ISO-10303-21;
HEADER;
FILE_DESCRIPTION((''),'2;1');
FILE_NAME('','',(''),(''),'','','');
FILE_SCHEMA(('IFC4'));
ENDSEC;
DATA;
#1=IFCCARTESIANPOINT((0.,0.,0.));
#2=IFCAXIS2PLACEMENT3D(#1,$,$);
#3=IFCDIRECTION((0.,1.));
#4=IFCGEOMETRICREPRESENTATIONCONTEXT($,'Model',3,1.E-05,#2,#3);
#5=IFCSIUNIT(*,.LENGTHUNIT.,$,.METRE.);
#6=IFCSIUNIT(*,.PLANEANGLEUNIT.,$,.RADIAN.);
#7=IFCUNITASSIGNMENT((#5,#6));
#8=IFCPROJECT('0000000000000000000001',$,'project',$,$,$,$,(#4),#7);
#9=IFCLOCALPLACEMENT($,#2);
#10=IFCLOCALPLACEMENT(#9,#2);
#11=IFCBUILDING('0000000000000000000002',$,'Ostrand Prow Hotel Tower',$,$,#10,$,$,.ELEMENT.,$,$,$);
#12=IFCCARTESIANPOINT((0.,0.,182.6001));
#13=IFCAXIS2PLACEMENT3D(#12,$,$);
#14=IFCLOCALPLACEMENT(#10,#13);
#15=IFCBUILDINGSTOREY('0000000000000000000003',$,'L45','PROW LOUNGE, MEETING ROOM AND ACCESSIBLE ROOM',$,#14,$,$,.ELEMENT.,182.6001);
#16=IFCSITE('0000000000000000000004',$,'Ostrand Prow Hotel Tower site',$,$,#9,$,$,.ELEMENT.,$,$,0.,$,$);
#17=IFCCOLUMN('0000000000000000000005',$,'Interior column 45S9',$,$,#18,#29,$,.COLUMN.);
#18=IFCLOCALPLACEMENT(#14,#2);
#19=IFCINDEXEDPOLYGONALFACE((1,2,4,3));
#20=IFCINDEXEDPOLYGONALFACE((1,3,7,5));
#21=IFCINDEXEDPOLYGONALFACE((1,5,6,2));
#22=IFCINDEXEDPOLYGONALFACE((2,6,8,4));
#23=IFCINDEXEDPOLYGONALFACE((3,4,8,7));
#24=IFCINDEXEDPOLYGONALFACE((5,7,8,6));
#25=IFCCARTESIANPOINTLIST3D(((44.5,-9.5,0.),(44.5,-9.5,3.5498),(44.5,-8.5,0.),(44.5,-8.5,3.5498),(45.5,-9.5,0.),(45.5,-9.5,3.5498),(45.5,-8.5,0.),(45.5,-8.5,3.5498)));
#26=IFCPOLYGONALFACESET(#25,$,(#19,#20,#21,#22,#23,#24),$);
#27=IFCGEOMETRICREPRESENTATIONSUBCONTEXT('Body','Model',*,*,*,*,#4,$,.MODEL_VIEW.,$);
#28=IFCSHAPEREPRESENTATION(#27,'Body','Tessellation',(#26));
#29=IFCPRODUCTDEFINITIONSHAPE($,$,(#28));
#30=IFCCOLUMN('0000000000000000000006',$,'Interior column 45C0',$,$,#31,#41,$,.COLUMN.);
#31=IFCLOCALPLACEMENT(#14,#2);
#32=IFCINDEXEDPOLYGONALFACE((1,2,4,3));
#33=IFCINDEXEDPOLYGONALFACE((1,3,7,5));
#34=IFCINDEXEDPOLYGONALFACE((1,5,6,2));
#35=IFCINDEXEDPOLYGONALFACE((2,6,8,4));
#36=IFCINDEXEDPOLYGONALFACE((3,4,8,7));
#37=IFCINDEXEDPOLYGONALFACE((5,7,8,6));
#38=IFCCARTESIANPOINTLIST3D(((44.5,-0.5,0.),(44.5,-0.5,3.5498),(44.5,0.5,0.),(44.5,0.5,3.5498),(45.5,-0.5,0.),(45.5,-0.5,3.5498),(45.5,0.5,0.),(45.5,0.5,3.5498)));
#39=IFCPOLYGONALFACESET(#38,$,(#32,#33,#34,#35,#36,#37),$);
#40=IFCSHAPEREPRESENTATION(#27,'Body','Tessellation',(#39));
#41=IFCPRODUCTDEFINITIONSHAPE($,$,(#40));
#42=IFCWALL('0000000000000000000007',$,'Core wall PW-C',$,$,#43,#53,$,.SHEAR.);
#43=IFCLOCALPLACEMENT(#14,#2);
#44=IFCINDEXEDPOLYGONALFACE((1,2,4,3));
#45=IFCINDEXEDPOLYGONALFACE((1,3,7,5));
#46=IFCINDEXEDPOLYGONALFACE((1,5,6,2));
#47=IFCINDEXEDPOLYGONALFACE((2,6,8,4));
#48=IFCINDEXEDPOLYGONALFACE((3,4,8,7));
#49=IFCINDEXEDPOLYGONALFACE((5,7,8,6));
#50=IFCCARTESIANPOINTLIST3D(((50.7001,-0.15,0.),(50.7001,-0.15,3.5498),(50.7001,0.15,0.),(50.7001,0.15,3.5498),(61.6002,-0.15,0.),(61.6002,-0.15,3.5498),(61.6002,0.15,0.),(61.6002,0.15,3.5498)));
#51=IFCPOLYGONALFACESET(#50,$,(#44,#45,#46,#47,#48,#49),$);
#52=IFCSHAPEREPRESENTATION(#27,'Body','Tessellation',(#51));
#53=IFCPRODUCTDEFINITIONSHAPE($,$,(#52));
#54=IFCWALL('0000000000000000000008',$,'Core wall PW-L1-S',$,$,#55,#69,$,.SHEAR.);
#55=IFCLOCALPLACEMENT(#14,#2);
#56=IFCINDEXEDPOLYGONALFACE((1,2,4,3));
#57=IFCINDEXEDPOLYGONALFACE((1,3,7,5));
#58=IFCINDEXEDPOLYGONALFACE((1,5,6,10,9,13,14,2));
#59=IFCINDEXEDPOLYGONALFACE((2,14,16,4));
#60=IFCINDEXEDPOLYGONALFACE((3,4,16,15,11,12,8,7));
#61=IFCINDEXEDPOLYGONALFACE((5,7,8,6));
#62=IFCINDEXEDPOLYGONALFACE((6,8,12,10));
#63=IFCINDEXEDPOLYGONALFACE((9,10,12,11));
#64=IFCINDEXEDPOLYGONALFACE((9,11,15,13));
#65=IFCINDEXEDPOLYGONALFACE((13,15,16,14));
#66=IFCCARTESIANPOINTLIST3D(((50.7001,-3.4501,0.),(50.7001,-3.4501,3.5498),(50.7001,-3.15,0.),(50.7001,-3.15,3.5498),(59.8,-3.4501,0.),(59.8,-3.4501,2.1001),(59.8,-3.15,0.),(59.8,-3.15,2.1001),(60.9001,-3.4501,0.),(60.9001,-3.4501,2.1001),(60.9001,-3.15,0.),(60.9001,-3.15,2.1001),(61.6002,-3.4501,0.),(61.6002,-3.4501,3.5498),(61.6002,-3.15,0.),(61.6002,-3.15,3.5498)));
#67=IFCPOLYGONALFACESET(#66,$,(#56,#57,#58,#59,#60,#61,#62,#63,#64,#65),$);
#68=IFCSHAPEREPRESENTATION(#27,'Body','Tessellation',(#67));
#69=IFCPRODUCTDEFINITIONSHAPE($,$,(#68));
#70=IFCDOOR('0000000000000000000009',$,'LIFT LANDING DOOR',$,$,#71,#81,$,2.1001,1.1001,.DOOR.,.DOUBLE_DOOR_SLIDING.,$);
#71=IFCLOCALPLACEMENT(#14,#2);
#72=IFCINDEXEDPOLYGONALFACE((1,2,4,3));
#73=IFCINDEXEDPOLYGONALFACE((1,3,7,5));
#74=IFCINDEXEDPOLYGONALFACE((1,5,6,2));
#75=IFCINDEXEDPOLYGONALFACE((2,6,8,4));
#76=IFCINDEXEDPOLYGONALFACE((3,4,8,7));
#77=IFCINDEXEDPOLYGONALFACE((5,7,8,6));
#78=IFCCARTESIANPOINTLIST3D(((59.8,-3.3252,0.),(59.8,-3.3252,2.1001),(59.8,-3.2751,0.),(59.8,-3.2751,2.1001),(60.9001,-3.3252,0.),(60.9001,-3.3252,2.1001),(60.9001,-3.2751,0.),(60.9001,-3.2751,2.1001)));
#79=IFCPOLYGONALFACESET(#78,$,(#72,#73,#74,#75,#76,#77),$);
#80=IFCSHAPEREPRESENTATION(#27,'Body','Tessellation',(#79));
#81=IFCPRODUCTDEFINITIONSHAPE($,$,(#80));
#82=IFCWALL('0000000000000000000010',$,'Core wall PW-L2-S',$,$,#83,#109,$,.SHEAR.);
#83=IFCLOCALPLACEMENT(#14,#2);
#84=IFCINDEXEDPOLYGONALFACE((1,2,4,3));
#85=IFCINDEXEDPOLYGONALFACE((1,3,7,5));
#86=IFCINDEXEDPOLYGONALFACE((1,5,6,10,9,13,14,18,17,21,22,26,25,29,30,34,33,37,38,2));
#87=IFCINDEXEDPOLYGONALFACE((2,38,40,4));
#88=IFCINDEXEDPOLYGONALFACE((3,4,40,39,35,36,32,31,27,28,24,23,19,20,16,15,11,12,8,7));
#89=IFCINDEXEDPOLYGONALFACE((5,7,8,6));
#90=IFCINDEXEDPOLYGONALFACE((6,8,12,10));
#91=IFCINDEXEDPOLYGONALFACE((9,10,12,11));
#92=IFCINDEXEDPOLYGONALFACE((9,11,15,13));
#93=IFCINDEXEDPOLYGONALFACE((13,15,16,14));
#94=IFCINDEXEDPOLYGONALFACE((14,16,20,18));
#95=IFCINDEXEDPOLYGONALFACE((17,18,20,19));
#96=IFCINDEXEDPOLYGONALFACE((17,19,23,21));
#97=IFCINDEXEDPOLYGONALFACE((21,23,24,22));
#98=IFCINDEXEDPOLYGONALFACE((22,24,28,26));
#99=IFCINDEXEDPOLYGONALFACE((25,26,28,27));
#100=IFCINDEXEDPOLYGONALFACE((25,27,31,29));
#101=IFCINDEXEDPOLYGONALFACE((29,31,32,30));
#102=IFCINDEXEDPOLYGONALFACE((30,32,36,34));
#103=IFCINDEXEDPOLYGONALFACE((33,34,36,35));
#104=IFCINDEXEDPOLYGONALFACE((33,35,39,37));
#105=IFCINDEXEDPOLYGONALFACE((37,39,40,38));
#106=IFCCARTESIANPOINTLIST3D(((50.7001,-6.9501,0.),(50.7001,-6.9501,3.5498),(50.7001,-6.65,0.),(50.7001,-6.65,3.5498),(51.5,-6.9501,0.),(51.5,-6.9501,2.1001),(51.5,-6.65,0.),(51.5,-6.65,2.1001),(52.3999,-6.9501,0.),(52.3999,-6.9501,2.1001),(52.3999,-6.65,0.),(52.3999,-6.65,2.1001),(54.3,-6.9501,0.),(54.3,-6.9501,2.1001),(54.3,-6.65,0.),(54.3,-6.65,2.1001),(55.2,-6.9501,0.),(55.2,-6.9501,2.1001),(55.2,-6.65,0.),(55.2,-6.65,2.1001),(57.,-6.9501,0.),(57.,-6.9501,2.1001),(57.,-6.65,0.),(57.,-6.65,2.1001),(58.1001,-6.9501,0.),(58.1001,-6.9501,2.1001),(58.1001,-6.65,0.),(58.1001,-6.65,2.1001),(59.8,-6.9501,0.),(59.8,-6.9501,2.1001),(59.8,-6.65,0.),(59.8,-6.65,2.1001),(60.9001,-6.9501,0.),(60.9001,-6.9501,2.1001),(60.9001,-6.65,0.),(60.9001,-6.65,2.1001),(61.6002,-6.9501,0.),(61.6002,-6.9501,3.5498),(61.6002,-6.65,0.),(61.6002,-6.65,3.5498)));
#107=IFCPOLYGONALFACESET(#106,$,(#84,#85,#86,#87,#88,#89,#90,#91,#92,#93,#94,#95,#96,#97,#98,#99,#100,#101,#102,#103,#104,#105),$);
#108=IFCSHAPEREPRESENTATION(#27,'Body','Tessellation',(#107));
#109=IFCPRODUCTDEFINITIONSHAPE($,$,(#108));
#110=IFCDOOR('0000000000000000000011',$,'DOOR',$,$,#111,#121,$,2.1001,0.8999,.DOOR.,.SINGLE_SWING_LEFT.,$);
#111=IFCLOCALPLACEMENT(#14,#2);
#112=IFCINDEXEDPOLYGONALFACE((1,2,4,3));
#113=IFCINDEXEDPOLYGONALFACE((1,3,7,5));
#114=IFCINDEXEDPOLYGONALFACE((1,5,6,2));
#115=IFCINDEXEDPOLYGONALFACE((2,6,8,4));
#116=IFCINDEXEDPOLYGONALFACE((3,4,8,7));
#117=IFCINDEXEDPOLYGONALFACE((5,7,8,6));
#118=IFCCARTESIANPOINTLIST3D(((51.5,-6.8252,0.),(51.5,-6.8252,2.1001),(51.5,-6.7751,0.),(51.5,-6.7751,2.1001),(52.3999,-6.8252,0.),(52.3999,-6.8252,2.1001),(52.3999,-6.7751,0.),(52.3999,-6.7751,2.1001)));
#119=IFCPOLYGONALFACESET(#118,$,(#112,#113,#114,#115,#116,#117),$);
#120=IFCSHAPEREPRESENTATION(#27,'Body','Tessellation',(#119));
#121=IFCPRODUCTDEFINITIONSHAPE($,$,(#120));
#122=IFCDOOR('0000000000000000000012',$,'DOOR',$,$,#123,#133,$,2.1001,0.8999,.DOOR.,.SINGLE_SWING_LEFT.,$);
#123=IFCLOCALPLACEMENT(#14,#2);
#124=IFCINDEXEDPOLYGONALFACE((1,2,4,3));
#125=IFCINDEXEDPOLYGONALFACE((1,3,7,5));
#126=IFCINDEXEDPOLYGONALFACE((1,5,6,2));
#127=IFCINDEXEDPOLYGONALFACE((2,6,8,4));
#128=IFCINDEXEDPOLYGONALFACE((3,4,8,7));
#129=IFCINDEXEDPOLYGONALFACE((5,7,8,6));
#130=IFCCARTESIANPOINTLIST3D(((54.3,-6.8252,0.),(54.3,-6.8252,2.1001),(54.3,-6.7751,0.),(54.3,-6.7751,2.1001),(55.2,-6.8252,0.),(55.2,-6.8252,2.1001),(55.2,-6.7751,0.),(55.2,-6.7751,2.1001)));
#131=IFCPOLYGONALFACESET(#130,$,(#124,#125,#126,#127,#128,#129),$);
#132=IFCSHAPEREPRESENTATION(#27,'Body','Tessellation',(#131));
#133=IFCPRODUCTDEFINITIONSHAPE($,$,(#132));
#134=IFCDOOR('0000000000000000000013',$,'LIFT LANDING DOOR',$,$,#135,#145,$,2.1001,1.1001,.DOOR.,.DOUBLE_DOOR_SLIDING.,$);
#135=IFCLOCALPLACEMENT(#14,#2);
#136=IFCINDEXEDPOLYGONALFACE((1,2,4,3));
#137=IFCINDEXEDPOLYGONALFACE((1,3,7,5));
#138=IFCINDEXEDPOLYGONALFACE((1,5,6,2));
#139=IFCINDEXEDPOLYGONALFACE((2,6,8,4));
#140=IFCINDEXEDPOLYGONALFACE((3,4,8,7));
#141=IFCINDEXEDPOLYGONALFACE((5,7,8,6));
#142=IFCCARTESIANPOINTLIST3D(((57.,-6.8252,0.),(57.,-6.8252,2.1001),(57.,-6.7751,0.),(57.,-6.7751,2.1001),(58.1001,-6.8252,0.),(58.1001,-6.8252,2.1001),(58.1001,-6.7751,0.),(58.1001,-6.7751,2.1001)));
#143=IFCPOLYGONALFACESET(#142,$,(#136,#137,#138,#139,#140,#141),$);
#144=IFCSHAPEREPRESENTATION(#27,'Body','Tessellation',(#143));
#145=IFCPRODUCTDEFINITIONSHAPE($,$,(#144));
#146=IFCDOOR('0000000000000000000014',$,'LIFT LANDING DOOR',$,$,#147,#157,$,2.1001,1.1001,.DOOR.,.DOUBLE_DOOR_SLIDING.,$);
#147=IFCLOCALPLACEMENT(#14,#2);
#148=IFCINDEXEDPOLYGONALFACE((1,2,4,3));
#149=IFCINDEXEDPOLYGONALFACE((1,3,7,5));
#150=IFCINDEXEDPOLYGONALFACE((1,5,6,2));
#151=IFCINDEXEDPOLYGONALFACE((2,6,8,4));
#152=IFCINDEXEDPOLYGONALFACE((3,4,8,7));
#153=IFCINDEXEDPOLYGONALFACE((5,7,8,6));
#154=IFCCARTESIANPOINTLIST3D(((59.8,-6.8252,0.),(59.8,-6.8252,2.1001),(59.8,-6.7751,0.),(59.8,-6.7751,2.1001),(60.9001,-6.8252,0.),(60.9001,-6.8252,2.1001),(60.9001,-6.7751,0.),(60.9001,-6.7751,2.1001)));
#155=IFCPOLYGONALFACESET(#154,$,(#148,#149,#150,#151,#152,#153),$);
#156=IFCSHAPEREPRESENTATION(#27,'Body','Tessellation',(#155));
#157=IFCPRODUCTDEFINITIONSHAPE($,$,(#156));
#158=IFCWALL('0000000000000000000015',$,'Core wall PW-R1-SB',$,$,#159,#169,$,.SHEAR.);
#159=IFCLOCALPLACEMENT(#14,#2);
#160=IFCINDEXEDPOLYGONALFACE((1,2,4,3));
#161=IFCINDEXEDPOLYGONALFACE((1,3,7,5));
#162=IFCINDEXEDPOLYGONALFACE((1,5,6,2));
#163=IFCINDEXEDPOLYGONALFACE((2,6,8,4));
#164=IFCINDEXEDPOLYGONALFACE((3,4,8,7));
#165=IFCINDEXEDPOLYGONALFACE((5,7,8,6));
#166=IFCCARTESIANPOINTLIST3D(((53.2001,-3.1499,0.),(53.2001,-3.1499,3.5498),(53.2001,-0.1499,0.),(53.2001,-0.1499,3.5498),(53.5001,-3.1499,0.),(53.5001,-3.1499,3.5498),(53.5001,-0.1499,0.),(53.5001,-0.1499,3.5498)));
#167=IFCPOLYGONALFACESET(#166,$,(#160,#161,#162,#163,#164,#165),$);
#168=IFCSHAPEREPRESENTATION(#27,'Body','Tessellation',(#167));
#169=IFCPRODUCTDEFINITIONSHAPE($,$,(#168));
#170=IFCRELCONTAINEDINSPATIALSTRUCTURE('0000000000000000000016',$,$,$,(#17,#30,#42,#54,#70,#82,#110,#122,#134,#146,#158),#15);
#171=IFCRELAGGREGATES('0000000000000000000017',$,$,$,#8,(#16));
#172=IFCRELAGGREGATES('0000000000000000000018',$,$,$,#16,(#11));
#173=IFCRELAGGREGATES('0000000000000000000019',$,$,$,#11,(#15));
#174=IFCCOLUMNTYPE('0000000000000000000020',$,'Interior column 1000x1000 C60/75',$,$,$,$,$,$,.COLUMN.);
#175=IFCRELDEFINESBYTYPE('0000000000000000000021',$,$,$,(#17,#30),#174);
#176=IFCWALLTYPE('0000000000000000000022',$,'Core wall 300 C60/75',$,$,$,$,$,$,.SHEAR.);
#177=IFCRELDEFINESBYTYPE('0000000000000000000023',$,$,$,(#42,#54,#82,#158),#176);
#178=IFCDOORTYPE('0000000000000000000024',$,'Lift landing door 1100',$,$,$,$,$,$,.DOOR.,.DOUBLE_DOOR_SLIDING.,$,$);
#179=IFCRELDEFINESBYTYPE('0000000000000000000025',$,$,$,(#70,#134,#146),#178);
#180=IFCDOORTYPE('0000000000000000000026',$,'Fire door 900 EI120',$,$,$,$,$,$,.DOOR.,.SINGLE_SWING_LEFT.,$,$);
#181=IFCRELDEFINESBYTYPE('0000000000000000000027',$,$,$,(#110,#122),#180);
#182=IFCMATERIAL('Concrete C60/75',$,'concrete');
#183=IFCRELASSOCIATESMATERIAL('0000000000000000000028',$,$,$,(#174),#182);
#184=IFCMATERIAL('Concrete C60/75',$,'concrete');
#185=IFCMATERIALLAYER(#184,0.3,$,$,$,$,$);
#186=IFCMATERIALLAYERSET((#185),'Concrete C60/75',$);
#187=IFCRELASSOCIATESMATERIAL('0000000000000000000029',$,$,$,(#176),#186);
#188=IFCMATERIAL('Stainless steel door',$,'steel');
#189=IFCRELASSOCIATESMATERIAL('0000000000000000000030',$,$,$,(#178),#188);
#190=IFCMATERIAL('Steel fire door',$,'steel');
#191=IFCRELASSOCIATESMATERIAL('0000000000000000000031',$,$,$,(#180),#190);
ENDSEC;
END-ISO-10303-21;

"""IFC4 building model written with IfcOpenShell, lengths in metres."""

from ifc_helpers import new_model, si_unit, direction, frame, frame_2d, origin, origin_2d, place, context, subcontext, project, spatial, rectangle, extrude, material, layer, layer_set, material_profile, profile_set, type_object, element, fill, save


model = new_model("IFC4")

# Units and contexts
model_context = context("Model", 3, precision=1e-05, world=origin(), true_north=direction((0.0, 1.0)))
body_context = subcontext(model_context, "Body", "Model", "MODEL_VIEW")
ifc_project = project(units=[si_unit("LENGTHUNIT", "METRE"), si_unit("PLANEANGLEUNIT", "RADIAN")], contexts=[model_context])

# Site, building, storey
site_placement = place(None, origin())
site = spatial("IfcSite", under=ifc_project, at=site_placement, Name="Ostrand Prow Hotel Tower site", CompositionType="ELEMENT", RefElevation=0.0)
building_placement = place(site_placement, origin())
building = spatial("IfcBuilding", under=site, at=building_placement, Name="Ostrand Prow Hotel Tower", CompositionType="ELEMENT")
storey_placement = place(building_placement, frame((0.0, 0.0, 182.6001)))
storey = spatial("IfcBuildingStorey", under=building, at=storey_placement, Name="L45", Description="PROW LOUNGE, MEETING ROOM AND ACCESSIBLE ROOM", CompositionType="ELEMENT", Elevation=182.6001)

# Columns
ifc_material_1 = material(Name="Concrete C60/75", Category="concrete")
ifc_material_profile = material_profile(ifc_material_1, rectangle(XDim=1.0, YDim=1.0, at=origin_2d()), Name="RC 1000x1000")
ifc_profile_set = profile_set([ifc_material_profile], Name="Concrete C60/75")
column_type = type_object("IfcColumnType", Name="Interior column 1000x1000 C60/75", PredefinedType="COLUMN", material=ifc_profile_set)
for number, where, z_axis, x_axis, name in (
    (1, (45.0, -9.0, 0.0), (0.0, 0.0, 1.0), (1.0, 0.0, 0.0), "Interior column 45S9"),
    (2, (45.0, 0.0, 0.0), (0.0, 0.0, 1.0), (1.0, 0.0, 0.0), "Interior column 45C0"),
):
    element("IfcColumn", number, at=place(storey_placement, frame(where, z_axis=z_axis, x_axis=x_axis)), inside=storey, type_object=column_type, Name=name, PredefinedType="COLUMN", context=body_context, shape_type="SweptSolid", body=[
        extrude(rectangle(XDim=1.0, YDim=1.0, at=origin_2d()), origin(), (0.0, 0.0, 1.0), 3.5498),
    ])

# Wall
ifc_material_2 = material(Name="Concrete C60/75", Category="concrete")
ifc_layer_1 = layer(ifc_material_2, 0.3)
ifc_layer_set_1 = layer_set([ifc_layer_1], Name="Concrete C60/75")
wall_type_1 = type_object("IfcWallType", Name="Core wall 300 C60/75", PredefinedType="SHEAR", material=ifc_layer_set_1)
wall_1_placement = place(storey_placement, frame((50.7, 0.0, 0.0), z_axis=(0.0, 0.0, 1.0), x_axis=(1.0, 0.0, 0.0)))
element("IfcWall", 3, at=wall_1_placement, inside=storey, type_object=wall_type_1, Name="Core wall PW-C", PredefinedType="SHEAR", context=body_context, shape_type="SweptSolid", body=[
    extrude(rectangle(XDim=10.9001, YDim=0.3, at=frame_2d((5.4502, 0.0))), origin(), (0.0, 0.0, 1.0), 3.5498),
])

# Wall, opening, door
wall_2_placement = place(storey_placement, frame((50.7, -3.3, 0.0), z_axis=(0.0, 0.0, 1.0), x_axis=(1.0, 0.0, 0.0)))
wall_2 = element("IfcWall", 4, at=wall_2_placement, inside=storey, type_object=wall_type_1, Name="Core wall PW-L1-S", PredefinedType="SHEAR", context=body_context, shape_type="SweptSolid", body=[
    extrude(rectangle(XDim=10.9001, YDim=0.3, at=frame_2d((5.4502, 0.0))), origin(), (0.0, 0.0, 1.0), 3.5498),
])
opening_1_placement = place(wall_2_placement, frame((9.1001, 0.0, 0.0)))
opening_1 = element("IfcOpeningElement", 5, at=opening_1_placement, cuts=wall_2, PredefinedType="OPENING", context=body_context, shape_type="SweptSolid", body=[
    extrude(rectangle(XDim=1.1001, YDim=2.1001, at=frame_2d((0.55, 1.05))), frame((0.0, 0.1599, 0.0), z_axis=(0.0, -1.0, 0.0), x_axis=(1.0, 0.0, 0.0)), (0.0, 0.0, 1.0), 0.3201),
])
ifc_material_3 = material(Name="Stainless steel door", Category="steel")
door_type_1 = type_object("IfcDoorType", Name="Lift landing door 1100", OperationType="DOUBLE_DOOR_SLIDING", PredefinedType="DOOR", material=ifc_material_3)
door_1_placement = place(opening_1_placement, origin())
door_1 = element("IfcDoor", 6, at=door_1_placement, inside=storey, type_object=door_type_1, Name="LIFT LANDING DOOR", OperationType="DOUBLE_DOOR_SLIDING", OverallHeight=2.1001, OverallWidth=1.1001, PredefinedType="DOOR", context=body_context, shape_type="SweptSolid", body=[
    extrude(rectangle(XDim=1.1001, YDim=2.1001, at=frame_2d((0.55, 1.05))), frame((0.0, 0.0249, 0.0), z_axis=(0.0, -1.0, 0.0), x_axis=(1.0, 0.0, 0.0)), (0.0, 0.0, 1.0), 0.05),
])
fill(opening_1, door_1)

# Wall, openings, doors
wall_3_placement = place(storey_placement, frame((50.7, -6.8, 0.0), z_axis=(0.0, 0.0, 1.0), x_axis=(1.0, 0.0, 0.0)))
wall_3 = element("IfcWall", 7, at=wall_3_placement, inside=storey, type_object=wall_type_1, Name="Core wall PW-L2-S", PredefinedType="SHEAR", context=body_context, shape_type="SweptSolid", body=[
    extrude(rectangle(XDim=10.9001, YDim=0.3, at=frame_2d((5.4502, 0.0))), origin(), (0.0, 0.0, 1.0), 3.5498),
])
opening_2_placement = place(wall_3_placement, frame((6.3, 0.0, 0.0)))
opening_2 = element("IfcOpeningElement", 8, at=opening_2_placement, cuts=wall_3, PredefinedType="OPENING", context=body_context, shape_type="SweptSolid", body=[
    extrude(rectangle(XDim=1.1001, YDim=2.1001, at=frame_2d((0.55, 1.05))), frame((0.0, 0.1599, 0.0), z_axis=(0.0, -1.0, 0.0), x_axis=(1.0, 0.0, 0.0)), (0.0, 0.0, 1.0), 0.3201),
])
opening_3_placement = place(wall_3_placement, frame((9.1001, 0.0, 0.0)))
opening_3 = element("IfcOpeningElement", 9, at=opening_3_placement, cuts=wall_3, PredefinedType="OPENING", context=body_context, shape_type="SweptSolid", body=[
    extrude(rectangle(XDim=1.1001, YDim=2.1001, at=frame_2d((0.55, 1.05))), frame((0.0, 0.1599, 0.0), z_axis=(0.0, -1.0, 0.0), x_axis=(1.0, 0.0, 0.0)), (0.0, 0.0, 1.0), 0.3201),
])
opening_4_placement = place(wall_3_placement, frame((0.8, 0.0, 0.0)))
opening_4 = element("IfcOpeningElement", 10, at=opening_4_placement, cuts=wall_3, PredefinedType="OPENING", context=body_context, shape_type="SweptSolid", body=[
    extrude(rectangle(XDim=0.8999, YDim=2.1001, at=frame_2d((0.45, 1.05))), frame((0.0, 0.1599, 0.0), z_axis=(0.0, -1.0, 0.0), x_axis=(1.0, 0.0, 0.0)), (0.0, 0.0, 1.0), 0.3201),
])
opening_5_placement = place(wall_3_placement, frame((3.6001, 0.0, 0.0)))
opening_5 = element("IfcOpeningElement", 11, at=opening_5_placement, cuts=wall_3, PredefinedType="OPENING", context=body_context, shape_type="SweptSolid", body=[
    extrude(rectangle(XDim=0.8999, YDim=2.1001, at=frame_2d((0.45, 1.05))), frame((0.0, 0.1599, 0.0), z_axis=(0.0, -1.0, 0.0), x_axis=(1.0, 0.0, 0.0)), (0.0, 0.0, 1.0), 0.3201),
])
ifc_material_4 = material(Name="Steel fire door", Category="steel")
door_type_2 = type_object("IfcDoorType", Name="Fire door 900 EI120", OperationType="SINGLE_SWING_LEFT", PredefinedType="DOOR", material=ifc_material_4)
door_2_placement = place(opening_4_placement, origin())
door_2 = element("IfcDoor", 12, at=door_2_placement, inside=storey, type_object=door_type_2, Name="DOOR", OperationType="SINGLE_SWING_LEFT", OverallHeight=2.1001, OverallWidth=0.8999, PredefinedType="DOOR", context=body_context, shape_type="SweptSolid", body=[
    extrude(rectangle(XDim=0.8999, YDim=2.1001, at=frame_2d((0.45, 1.05))), frame((0.0, 0.0249, 0.0), z_axis=(0.0, -1.0, 0.0), x_axis=(1.0, 0.0, 0.0)), (0.0, 0.0, 1.0), 0.05),
])
fill(opening_4, door_2)
door_3_placement = place(opening_5_placement, origin())
door_3 = element("IfcDoor", 13, at=door_3_placement, inside=storey, type_object=door_type_2, Name="DOOR", OperationType="SINGLE_SWING_LEFT", OverallHeight=2.1001, OverallWidth=0.8999, PredefinedType="DOOR", context=body_context, shape_type="SweptSolid", body=[
    extrude(rectangle(XDim=0.8999, YDim=2.1001, at=frame_2d((0.45, 1.05))), frame((0.0, 0.0249, 0.0), z_axis=(0.0, -1.0, 0.0), x_axis=(1.0, 0.0, 0.0)), (0.0, 0.0, 1.0), 0.05),
])
fill(opening_5, door_3)
door_4_placement = place(opening_2_placement, origin())
door_4 = element("IfcDoor", 14, at=door_4_placement, inside=storey, type_object=door_type_1, Name="LIFT LANDING DOOR", OperationType="DOUBLE_DOOR_SLIDING", OverallHeight=2.1001, OverallWidth=1.1001, PredefinedType="DOOR", context=body_context, shape_type="SweptSolid", body=[
    extrude(rectangle(XDim=1.1001, YDim=2.1001, at=frame_2d((0.55, 1.05))), frame((0.0, 0.0249, 0.0), z_axis=(0.0, -1.0, 0.0), x_axis=(1.0, 0.0, 0.0)), (0.0, 0.0, 1.0), 0.05),
])
fill(opening_2, door_4)
door_5_placement = place(opening_3_placement, origin())
door_5 = element("IfcDoor", 15, at=door_5_placement, inside=storey, type_object=door_type_1, Name="LIFT LANDING DOOR", OperationType="DOUBLE_DOOR_SLIDING", OverallHeight=2.1001, OverallWidth=1.1001, PredefinedType="DOOR", context=body_context, shape_type="SweptSolid", body=[
    extrude(rectangle(XDim=1.1001, YDim=2.1001, at=frame_2d((0.55, 1.05))), frame((0.0, 0.0249, 0.0), z_axis=(0.0, -1.0, 0.0), x_axis=(1.0, 0.0, 0.0)), (0.0, 0.0, 1.0), 0.05),
])
fill(opening_3, door_5)

# Wall
for number, where, z_axis, x_axis, name in (
    (16, (53.3501, -3.1499, 0.0), (0.0, 0.0, 1.0), (0.0, 1.0, 0.0), "Core wall PW-R1-SB"),
):
    element("IfcWall", number, at=place(storey_placement, frame(where, z_axis=z_axis, x_axis=x_axis)), inside=storey, type_object=wall_type_1, Name=name, PredefinedType="SHEAR", context=body_context, shape_type="SweptSolid", body=[
        extrude(rectangle(XDim=3.0, YDim=0.3, at=frame_2d((1.5, 0.0))), origin(), (0.0, 0.0, 1.0), 3.5498),
    ])

save(model, "model.ifc")
